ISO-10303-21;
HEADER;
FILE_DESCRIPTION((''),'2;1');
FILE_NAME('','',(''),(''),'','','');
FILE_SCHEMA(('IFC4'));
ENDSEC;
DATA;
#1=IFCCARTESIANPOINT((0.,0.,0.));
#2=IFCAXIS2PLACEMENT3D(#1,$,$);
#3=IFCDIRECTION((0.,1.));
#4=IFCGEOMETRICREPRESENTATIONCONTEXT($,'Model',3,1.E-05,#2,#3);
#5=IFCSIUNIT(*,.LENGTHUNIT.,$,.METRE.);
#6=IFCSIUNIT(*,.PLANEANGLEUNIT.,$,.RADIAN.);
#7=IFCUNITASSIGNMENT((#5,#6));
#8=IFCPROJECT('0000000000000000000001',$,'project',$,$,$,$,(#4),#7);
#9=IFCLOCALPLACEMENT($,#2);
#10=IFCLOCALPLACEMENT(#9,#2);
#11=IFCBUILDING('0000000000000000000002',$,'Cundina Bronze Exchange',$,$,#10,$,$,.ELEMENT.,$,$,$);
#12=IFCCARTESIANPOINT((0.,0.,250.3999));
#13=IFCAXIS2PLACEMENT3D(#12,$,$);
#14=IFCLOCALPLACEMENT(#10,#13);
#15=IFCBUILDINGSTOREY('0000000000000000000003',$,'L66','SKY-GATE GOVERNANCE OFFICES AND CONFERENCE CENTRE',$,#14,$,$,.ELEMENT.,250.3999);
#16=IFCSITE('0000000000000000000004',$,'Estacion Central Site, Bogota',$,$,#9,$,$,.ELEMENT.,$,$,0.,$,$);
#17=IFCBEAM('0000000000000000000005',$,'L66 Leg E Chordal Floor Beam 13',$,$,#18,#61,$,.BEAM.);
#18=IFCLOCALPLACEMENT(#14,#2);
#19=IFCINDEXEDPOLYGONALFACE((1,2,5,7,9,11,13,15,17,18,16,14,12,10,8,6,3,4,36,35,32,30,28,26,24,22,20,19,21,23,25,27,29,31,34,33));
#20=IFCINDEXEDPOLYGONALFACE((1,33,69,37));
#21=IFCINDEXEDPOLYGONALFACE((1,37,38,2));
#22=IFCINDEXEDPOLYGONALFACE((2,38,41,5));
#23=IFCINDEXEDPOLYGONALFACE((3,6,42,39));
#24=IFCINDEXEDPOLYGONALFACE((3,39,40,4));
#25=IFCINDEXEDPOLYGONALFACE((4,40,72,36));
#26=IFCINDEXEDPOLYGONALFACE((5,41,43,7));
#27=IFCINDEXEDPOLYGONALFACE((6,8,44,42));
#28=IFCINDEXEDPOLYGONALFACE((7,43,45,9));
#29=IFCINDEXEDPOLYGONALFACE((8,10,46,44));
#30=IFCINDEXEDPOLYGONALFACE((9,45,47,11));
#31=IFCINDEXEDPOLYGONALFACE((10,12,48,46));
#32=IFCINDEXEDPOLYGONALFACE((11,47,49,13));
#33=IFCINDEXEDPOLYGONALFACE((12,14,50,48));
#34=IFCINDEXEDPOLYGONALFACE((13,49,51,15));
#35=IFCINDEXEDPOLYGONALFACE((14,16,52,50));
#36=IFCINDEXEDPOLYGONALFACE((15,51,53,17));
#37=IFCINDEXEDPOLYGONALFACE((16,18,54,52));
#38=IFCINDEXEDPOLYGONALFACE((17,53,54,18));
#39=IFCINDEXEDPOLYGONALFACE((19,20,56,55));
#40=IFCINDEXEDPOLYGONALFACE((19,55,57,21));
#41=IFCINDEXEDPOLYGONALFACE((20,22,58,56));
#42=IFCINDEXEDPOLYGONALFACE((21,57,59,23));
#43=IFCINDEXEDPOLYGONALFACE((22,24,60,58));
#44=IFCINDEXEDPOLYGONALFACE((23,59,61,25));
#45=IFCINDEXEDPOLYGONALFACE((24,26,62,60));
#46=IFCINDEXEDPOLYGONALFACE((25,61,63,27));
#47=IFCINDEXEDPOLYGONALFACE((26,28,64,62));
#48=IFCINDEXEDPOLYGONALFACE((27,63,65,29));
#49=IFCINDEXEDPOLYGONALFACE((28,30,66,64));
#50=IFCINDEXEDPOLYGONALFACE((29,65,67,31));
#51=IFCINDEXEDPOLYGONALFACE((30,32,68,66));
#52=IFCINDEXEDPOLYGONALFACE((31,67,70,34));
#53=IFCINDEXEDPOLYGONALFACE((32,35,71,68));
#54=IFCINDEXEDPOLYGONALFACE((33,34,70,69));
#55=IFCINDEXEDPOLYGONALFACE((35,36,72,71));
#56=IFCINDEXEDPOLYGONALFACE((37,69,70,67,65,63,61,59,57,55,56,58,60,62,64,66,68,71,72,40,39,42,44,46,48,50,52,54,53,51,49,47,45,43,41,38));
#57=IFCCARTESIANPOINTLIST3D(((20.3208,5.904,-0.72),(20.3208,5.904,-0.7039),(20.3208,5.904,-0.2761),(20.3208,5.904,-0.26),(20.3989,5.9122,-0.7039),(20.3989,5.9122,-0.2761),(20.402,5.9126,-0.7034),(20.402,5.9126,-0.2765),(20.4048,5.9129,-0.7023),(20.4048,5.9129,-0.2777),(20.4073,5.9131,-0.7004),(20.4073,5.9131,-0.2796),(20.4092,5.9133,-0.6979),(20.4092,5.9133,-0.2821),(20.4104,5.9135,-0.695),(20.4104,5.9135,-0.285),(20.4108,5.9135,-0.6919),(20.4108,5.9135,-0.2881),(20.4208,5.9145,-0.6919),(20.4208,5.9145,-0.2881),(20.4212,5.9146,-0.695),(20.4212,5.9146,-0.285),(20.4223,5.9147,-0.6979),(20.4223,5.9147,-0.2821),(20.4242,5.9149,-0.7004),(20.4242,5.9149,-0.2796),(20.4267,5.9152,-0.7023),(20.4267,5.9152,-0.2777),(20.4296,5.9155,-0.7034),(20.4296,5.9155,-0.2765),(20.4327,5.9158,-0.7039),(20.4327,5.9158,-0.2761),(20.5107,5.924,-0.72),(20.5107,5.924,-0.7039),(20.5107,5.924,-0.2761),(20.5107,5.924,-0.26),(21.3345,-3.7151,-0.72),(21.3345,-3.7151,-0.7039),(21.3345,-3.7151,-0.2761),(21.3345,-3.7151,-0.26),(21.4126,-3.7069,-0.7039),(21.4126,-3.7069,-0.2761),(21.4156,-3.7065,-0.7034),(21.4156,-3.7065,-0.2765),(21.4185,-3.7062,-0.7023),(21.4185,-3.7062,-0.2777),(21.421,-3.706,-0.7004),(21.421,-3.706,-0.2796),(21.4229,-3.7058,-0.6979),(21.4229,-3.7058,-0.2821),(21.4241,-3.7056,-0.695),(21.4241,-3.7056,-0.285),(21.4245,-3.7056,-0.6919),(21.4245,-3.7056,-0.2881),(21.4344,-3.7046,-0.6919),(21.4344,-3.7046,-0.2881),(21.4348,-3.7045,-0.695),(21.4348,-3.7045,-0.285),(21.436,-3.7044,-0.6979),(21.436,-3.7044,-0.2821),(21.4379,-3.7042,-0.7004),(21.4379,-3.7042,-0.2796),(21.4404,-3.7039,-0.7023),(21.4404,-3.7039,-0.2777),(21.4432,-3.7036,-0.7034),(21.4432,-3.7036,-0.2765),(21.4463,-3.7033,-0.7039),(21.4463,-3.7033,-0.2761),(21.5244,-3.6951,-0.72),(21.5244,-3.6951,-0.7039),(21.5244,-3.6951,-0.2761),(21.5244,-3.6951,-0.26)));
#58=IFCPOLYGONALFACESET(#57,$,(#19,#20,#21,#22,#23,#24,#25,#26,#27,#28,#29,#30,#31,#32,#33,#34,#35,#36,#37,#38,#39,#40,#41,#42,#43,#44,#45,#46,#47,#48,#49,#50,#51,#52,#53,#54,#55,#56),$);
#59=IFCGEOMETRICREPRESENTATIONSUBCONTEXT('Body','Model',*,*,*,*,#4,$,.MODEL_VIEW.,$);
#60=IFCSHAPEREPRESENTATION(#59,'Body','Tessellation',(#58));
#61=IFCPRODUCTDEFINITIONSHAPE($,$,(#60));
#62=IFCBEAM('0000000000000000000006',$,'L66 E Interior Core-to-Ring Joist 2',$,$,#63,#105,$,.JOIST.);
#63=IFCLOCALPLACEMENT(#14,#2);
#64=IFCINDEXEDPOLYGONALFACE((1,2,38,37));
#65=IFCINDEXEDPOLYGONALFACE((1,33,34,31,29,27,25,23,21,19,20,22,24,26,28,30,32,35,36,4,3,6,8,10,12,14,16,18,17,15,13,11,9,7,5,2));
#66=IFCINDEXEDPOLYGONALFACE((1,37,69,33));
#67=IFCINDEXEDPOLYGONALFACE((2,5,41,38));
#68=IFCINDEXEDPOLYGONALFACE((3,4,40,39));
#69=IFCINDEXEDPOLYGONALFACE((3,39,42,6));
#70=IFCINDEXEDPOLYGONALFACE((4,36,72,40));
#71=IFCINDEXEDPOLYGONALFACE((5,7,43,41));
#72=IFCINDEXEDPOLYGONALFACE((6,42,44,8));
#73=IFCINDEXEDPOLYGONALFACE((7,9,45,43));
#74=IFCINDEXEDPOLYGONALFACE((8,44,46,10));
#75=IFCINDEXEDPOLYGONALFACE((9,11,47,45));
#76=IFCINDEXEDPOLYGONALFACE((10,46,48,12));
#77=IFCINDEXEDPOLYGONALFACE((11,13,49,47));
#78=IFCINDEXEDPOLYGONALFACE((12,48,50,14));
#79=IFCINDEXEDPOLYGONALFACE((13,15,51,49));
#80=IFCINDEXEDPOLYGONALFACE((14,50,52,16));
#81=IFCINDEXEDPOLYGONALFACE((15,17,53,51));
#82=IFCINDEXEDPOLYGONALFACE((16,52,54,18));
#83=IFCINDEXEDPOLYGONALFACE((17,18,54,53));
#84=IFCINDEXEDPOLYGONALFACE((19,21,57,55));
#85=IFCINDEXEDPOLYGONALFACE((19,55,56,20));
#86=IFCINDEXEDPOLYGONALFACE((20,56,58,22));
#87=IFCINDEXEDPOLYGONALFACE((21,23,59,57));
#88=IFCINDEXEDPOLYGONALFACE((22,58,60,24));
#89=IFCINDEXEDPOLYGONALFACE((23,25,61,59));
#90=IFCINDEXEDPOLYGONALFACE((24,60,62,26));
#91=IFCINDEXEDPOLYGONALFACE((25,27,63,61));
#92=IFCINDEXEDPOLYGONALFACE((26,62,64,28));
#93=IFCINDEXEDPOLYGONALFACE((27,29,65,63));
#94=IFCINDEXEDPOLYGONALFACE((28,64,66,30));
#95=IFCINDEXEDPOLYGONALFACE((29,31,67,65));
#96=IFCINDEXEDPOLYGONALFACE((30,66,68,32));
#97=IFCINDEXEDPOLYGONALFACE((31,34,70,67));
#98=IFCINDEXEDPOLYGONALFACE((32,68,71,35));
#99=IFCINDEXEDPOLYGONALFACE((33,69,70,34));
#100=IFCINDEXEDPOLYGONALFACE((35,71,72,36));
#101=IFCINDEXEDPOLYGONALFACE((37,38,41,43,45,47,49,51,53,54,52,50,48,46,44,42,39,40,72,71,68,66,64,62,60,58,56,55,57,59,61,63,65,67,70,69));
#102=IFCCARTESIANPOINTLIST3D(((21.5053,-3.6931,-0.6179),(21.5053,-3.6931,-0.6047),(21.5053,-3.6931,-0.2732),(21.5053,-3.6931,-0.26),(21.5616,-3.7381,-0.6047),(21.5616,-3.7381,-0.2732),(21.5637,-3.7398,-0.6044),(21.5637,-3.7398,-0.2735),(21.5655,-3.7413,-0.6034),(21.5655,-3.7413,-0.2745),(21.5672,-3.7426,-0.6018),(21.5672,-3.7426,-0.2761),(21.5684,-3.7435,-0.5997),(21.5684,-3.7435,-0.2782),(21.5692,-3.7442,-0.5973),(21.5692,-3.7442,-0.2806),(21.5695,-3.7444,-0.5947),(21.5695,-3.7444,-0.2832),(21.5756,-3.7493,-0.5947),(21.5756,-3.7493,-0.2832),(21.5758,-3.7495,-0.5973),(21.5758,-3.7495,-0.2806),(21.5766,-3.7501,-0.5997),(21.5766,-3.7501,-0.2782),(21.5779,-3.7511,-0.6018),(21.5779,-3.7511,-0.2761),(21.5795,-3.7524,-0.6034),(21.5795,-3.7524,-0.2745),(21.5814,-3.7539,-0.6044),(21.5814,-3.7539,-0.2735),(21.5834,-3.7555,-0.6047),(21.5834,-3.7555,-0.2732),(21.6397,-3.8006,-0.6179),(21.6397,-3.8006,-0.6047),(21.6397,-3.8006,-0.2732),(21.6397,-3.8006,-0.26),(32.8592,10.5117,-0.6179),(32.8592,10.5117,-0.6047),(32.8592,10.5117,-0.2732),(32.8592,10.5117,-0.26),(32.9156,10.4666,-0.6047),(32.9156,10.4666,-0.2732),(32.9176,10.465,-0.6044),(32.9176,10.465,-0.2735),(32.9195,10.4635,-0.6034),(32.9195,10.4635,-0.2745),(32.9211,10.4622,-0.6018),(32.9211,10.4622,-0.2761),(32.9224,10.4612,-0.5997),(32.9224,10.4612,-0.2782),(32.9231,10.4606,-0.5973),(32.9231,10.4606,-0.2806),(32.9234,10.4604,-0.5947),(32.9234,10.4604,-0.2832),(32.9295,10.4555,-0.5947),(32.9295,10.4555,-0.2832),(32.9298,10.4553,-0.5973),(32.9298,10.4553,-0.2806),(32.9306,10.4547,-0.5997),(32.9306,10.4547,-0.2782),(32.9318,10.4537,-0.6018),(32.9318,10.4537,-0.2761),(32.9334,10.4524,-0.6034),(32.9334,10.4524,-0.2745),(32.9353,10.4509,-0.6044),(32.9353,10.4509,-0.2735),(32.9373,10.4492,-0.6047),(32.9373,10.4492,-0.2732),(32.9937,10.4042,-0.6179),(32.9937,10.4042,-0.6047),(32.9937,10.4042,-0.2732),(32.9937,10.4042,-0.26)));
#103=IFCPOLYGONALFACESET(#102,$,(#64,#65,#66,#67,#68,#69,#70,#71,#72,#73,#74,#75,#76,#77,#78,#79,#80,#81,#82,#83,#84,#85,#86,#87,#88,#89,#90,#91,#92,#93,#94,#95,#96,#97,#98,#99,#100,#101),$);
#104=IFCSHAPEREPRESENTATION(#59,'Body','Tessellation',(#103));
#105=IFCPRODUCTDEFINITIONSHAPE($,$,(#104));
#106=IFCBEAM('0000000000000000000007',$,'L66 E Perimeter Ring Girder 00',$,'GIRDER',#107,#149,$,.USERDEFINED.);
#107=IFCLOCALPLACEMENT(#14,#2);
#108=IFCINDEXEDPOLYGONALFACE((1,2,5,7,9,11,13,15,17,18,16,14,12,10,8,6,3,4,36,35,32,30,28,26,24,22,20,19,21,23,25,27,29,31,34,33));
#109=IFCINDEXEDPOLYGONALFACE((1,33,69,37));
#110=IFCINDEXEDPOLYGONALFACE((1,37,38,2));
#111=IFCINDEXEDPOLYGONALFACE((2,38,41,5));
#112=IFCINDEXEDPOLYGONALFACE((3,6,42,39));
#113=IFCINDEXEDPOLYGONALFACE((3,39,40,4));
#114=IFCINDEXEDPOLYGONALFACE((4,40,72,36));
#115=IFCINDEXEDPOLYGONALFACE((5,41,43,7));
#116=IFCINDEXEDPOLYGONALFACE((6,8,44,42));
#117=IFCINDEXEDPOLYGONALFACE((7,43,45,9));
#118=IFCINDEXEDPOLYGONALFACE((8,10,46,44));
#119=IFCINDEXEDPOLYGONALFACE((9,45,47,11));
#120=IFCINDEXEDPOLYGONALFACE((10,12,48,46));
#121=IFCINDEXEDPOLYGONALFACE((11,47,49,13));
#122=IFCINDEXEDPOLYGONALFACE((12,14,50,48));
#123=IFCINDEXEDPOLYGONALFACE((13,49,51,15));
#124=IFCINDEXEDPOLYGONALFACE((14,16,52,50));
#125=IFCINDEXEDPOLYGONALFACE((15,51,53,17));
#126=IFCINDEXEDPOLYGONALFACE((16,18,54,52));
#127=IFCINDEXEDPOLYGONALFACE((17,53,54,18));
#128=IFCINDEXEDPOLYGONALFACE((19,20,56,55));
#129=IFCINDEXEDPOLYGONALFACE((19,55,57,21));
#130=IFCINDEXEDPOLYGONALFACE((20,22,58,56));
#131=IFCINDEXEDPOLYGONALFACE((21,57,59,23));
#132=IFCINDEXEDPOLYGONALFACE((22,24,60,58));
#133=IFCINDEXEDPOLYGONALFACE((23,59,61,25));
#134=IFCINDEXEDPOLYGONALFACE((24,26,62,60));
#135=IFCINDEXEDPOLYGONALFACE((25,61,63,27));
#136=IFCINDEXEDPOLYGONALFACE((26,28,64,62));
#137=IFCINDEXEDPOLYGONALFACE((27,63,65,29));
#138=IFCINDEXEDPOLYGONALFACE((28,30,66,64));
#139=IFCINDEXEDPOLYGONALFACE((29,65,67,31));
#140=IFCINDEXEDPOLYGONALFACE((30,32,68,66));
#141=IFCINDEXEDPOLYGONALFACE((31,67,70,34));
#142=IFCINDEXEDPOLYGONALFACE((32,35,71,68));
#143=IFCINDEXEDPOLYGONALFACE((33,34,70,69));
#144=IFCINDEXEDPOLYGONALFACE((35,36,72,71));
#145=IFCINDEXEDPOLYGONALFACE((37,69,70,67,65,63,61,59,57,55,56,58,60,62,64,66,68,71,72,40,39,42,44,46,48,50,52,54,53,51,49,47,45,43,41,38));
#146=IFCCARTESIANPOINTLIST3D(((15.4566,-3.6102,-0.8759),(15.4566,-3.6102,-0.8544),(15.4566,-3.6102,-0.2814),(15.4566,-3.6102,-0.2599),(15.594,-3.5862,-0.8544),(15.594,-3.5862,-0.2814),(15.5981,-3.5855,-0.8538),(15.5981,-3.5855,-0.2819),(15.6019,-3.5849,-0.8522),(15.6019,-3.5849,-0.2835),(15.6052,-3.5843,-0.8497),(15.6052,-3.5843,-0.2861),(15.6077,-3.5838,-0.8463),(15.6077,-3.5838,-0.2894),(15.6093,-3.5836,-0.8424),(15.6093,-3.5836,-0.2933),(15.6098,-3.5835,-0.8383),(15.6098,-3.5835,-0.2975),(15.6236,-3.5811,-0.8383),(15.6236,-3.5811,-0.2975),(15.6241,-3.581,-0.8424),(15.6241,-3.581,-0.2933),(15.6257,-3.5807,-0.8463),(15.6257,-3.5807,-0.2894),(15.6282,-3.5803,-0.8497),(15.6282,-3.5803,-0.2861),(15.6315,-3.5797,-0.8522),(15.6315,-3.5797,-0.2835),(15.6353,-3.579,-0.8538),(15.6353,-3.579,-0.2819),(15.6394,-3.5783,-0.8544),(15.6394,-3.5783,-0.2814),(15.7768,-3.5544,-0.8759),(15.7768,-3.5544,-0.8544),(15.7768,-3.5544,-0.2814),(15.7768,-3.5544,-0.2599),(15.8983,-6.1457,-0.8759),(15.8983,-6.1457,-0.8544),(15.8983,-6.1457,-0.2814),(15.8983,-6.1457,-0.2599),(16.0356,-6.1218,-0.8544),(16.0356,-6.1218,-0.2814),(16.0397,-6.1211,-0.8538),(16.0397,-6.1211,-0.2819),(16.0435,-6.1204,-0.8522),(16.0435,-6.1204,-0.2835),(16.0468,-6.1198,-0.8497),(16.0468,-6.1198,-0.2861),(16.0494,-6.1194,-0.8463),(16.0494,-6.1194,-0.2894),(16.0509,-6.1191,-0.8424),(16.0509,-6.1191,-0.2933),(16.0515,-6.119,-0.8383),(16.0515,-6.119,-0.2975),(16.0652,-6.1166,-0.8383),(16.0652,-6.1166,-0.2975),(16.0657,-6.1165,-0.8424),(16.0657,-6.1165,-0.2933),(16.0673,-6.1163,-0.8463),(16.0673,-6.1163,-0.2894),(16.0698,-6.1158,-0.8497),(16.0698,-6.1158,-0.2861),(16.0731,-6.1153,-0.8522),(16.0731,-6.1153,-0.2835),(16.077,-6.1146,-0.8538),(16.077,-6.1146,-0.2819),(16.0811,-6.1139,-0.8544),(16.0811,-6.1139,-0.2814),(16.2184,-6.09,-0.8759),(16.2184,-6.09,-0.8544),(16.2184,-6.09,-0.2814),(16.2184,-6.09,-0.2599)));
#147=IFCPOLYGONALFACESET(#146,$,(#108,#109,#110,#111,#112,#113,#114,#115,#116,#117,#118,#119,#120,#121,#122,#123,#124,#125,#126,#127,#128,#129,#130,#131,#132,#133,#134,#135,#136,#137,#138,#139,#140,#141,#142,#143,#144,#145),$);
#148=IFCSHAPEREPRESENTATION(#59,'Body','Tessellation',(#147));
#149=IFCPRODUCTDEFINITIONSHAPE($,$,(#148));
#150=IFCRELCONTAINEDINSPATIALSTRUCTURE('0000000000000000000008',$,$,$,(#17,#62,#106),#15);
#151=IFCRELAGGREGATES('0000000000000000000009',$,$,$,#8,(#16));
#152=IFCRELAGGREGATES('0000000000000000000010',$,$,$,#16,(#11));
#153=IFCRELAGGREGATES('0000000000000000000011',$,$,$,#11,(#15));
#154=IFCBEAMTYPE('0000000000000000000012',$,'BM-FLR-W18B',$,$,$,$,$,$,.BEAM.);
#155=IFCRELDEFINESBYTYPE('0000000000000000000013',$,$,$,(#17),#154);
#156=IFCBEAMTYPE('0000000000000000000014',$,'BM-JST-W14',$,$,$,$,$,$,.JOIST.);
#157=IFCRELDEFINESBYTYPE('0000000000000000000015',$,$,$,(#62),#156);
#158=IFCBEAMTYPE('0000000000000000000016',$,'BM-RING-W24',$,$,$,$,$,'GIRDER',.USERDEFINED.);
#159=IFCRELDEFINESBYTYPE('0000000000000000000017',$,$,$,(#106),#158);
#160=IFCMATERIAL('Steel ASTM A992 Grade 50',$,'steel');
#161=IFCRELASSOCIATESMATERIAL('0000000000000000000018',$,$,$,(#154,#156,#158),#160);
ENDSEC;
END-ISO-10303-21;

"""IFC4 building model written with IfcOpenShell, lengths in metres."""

from ifc_helpers import new_model, si_unit, direction, frame, origin, origin_2d, place, context, subcontext, project, spatial, i_section, extrude, material, material_profile, profile_set, type_object, element, save


model = new_model("IFC4")

# Units and contexts
model_context = context("Model", 3, precision=1e-05, world=origin(), true_north=direction((0.0, 1.0)))
body_context = subcontext(model_context, "Body", "Model", "MODEL_VIEW")
ifc_project = project(units=[si_unit("LENGTHUNIT", "METRE"), si_unit("PLANEANGLEUNIT", "RADIAN")], contexts=[model_context])

# Site, building, storey
site_placement = place(None, origin())
site = spatial("IfcSite", under=ifc_project, at=site_placement, Name="Estacion Central Site, Bogota", CompositionType="ELEMENT", RefElevation=0.0)
building_placement = place(site_placement, origin())
building = spatial("IfcBuilding", under=site, at=building_placement, Name="Cundina Bronze Exchange", CompositionType="ELEMENT")
storey_placement = place(building_placement, frame((0.0, 0.0, 250.3999)))
storey = spatial("IfcBuildingStorey", under=building, at=storey_placement, Name="L66", Description="SKY-GATE GOVERNANCE OFFICES AND CONFERENCE CENTRE", CompositionType="ELEMENT", Elevation=250.3999)

# Shared definitions
ifc_material_1 = material(Name="Steel ASTM A992 Grade 50", Category="steel")

# Beams
ifc_material_profile_1 = material_profile(ifc_material_1, i_section(OverallWidth=0.1909, OverallDepth=0.46, WebThickness=0.01, FlangeThickness=0.0161, FilletRadius=0.012, at=origin_2d()), Name="W18X55", Category="steel")
ifc_profile_set_1 = profile_set([ifc_material_profile_1], Name="Steel ASTM A992 Grade 50")
beam_type_1 = type_object("IfcBeamType", Name="BM-FLR-W18B", PredefinedType="BEAM", material=ifc_profile_set_1)
beam_1_placement = place(storey_placement, frame((21.4294, -3.7051, -0.49), z_axis=(-0.1048, 0.994493, 0.0), x_axis=(-0.994493, -0.1048, 0.0)))
element("IfcBeam", 1, at=beam_1_placement, inside=storey, type_object=beam_type_1, Name="L66 Leg E Chordal Floor Beam 13", PredefinedType="BEAM", context=body_context, shape_type="SweptSolid", body=[
    extrude(i_section(OverallWidth=0.1909, OverallDepth=0.46, WebThickness=0.01, FlangeThickness=0.0161, FilletRadius=0.012, at=origin_2d()), origin(), (0.0, 0.0, 1.0), 9.6724),
])
ifc_material_profile_2 = material_profile(ifc_material_1, i_section(OverallWidth=0.1721, OverallDepth=0.3579, WebThickness=0.0078, FlangeThickness=0.0132, FilletRadius=0.01, at=origin_2d()), Name="W14X38", Category="steel")
ifc_profile_set_2 = profile_set([ifc_material_profile_2], Name="Steel ASTM A992 Grade 50")
beam_type_2 = type_object("IfcBeamType", Name="BM-JST-W14", PredefinedType="JOIST", material=ifc_profile_set_2)
beam_2_placement = place(storey_placement, frame((21.5725, -3.7468, -0.439), z_axis=(0.624364, 0.781133, 0.0), x_axis=(-0.781133, 0.624364, 0.0)))
element("IfcBeam", 2, at=beam_2_placement, inside=storey, type_object=beam_type_2, Name="L66 E Interior Core-to-Ring Joist 2", PredefinedType="JOIST", context=body_context, shape_type="SweptSolid", body=[
    extrude(i_section(OverallWidth=0.1721, OverallDepth=0.3579, WebThickness=0.0078, FlangeThickness=0.0132, FilletRadius=0.01, at=origin_2d()), origin(), (0.0, 0.0, 1.0), 18.1848),
])
ifc_material_profile_3 = material_profile(ifc_material_1, i_section(OverallWidth=0.325, OverallDepth=0.616, WebThickness=0.0139, FlangeThickness=0.0215, FilletRadius=0.0161, at=origin_2d()), Name="W24X117", Category="steel")
ifc_profile_set_3 = profile_set([ifc_material_profile_3], Name="Steel ASTM A992 Grade 50")
beam_type_3 = type_object("IfcBeamType", Name="BM-RING-W24", ElementType="GIRDER", PredefinedType="USERDEFINED", material=ifc_profile_set_3)
beam_3_placement = place(storey_placement, frame((15.6167, -3.5823, -0.5679), z_axis=(0.171593, -0.985168, 0.0), x_axis=(0.985168, 0.171593, 0.0)))
element("IfcBeam", 3, at=beam_3_placement, inside=storey, type_object=beam_type_3, Name="L66 E Perimeter Ring Girder 00", ObjectType="GIRDER", PredefinedType="USERDEFINED", context=body_context, shape_type="SweptSolid", body=[
    extrude(i_section(OverallWidth=0.325, OverallDepth=0.616, WebThickness=0.0139, FlangeThickness=0.0215, FilletRadius=0.0161, at=origin_2d()), origin(), (0.0, 0.0, 1.0), 2.5737),
])

save(model, "model.ifc")
